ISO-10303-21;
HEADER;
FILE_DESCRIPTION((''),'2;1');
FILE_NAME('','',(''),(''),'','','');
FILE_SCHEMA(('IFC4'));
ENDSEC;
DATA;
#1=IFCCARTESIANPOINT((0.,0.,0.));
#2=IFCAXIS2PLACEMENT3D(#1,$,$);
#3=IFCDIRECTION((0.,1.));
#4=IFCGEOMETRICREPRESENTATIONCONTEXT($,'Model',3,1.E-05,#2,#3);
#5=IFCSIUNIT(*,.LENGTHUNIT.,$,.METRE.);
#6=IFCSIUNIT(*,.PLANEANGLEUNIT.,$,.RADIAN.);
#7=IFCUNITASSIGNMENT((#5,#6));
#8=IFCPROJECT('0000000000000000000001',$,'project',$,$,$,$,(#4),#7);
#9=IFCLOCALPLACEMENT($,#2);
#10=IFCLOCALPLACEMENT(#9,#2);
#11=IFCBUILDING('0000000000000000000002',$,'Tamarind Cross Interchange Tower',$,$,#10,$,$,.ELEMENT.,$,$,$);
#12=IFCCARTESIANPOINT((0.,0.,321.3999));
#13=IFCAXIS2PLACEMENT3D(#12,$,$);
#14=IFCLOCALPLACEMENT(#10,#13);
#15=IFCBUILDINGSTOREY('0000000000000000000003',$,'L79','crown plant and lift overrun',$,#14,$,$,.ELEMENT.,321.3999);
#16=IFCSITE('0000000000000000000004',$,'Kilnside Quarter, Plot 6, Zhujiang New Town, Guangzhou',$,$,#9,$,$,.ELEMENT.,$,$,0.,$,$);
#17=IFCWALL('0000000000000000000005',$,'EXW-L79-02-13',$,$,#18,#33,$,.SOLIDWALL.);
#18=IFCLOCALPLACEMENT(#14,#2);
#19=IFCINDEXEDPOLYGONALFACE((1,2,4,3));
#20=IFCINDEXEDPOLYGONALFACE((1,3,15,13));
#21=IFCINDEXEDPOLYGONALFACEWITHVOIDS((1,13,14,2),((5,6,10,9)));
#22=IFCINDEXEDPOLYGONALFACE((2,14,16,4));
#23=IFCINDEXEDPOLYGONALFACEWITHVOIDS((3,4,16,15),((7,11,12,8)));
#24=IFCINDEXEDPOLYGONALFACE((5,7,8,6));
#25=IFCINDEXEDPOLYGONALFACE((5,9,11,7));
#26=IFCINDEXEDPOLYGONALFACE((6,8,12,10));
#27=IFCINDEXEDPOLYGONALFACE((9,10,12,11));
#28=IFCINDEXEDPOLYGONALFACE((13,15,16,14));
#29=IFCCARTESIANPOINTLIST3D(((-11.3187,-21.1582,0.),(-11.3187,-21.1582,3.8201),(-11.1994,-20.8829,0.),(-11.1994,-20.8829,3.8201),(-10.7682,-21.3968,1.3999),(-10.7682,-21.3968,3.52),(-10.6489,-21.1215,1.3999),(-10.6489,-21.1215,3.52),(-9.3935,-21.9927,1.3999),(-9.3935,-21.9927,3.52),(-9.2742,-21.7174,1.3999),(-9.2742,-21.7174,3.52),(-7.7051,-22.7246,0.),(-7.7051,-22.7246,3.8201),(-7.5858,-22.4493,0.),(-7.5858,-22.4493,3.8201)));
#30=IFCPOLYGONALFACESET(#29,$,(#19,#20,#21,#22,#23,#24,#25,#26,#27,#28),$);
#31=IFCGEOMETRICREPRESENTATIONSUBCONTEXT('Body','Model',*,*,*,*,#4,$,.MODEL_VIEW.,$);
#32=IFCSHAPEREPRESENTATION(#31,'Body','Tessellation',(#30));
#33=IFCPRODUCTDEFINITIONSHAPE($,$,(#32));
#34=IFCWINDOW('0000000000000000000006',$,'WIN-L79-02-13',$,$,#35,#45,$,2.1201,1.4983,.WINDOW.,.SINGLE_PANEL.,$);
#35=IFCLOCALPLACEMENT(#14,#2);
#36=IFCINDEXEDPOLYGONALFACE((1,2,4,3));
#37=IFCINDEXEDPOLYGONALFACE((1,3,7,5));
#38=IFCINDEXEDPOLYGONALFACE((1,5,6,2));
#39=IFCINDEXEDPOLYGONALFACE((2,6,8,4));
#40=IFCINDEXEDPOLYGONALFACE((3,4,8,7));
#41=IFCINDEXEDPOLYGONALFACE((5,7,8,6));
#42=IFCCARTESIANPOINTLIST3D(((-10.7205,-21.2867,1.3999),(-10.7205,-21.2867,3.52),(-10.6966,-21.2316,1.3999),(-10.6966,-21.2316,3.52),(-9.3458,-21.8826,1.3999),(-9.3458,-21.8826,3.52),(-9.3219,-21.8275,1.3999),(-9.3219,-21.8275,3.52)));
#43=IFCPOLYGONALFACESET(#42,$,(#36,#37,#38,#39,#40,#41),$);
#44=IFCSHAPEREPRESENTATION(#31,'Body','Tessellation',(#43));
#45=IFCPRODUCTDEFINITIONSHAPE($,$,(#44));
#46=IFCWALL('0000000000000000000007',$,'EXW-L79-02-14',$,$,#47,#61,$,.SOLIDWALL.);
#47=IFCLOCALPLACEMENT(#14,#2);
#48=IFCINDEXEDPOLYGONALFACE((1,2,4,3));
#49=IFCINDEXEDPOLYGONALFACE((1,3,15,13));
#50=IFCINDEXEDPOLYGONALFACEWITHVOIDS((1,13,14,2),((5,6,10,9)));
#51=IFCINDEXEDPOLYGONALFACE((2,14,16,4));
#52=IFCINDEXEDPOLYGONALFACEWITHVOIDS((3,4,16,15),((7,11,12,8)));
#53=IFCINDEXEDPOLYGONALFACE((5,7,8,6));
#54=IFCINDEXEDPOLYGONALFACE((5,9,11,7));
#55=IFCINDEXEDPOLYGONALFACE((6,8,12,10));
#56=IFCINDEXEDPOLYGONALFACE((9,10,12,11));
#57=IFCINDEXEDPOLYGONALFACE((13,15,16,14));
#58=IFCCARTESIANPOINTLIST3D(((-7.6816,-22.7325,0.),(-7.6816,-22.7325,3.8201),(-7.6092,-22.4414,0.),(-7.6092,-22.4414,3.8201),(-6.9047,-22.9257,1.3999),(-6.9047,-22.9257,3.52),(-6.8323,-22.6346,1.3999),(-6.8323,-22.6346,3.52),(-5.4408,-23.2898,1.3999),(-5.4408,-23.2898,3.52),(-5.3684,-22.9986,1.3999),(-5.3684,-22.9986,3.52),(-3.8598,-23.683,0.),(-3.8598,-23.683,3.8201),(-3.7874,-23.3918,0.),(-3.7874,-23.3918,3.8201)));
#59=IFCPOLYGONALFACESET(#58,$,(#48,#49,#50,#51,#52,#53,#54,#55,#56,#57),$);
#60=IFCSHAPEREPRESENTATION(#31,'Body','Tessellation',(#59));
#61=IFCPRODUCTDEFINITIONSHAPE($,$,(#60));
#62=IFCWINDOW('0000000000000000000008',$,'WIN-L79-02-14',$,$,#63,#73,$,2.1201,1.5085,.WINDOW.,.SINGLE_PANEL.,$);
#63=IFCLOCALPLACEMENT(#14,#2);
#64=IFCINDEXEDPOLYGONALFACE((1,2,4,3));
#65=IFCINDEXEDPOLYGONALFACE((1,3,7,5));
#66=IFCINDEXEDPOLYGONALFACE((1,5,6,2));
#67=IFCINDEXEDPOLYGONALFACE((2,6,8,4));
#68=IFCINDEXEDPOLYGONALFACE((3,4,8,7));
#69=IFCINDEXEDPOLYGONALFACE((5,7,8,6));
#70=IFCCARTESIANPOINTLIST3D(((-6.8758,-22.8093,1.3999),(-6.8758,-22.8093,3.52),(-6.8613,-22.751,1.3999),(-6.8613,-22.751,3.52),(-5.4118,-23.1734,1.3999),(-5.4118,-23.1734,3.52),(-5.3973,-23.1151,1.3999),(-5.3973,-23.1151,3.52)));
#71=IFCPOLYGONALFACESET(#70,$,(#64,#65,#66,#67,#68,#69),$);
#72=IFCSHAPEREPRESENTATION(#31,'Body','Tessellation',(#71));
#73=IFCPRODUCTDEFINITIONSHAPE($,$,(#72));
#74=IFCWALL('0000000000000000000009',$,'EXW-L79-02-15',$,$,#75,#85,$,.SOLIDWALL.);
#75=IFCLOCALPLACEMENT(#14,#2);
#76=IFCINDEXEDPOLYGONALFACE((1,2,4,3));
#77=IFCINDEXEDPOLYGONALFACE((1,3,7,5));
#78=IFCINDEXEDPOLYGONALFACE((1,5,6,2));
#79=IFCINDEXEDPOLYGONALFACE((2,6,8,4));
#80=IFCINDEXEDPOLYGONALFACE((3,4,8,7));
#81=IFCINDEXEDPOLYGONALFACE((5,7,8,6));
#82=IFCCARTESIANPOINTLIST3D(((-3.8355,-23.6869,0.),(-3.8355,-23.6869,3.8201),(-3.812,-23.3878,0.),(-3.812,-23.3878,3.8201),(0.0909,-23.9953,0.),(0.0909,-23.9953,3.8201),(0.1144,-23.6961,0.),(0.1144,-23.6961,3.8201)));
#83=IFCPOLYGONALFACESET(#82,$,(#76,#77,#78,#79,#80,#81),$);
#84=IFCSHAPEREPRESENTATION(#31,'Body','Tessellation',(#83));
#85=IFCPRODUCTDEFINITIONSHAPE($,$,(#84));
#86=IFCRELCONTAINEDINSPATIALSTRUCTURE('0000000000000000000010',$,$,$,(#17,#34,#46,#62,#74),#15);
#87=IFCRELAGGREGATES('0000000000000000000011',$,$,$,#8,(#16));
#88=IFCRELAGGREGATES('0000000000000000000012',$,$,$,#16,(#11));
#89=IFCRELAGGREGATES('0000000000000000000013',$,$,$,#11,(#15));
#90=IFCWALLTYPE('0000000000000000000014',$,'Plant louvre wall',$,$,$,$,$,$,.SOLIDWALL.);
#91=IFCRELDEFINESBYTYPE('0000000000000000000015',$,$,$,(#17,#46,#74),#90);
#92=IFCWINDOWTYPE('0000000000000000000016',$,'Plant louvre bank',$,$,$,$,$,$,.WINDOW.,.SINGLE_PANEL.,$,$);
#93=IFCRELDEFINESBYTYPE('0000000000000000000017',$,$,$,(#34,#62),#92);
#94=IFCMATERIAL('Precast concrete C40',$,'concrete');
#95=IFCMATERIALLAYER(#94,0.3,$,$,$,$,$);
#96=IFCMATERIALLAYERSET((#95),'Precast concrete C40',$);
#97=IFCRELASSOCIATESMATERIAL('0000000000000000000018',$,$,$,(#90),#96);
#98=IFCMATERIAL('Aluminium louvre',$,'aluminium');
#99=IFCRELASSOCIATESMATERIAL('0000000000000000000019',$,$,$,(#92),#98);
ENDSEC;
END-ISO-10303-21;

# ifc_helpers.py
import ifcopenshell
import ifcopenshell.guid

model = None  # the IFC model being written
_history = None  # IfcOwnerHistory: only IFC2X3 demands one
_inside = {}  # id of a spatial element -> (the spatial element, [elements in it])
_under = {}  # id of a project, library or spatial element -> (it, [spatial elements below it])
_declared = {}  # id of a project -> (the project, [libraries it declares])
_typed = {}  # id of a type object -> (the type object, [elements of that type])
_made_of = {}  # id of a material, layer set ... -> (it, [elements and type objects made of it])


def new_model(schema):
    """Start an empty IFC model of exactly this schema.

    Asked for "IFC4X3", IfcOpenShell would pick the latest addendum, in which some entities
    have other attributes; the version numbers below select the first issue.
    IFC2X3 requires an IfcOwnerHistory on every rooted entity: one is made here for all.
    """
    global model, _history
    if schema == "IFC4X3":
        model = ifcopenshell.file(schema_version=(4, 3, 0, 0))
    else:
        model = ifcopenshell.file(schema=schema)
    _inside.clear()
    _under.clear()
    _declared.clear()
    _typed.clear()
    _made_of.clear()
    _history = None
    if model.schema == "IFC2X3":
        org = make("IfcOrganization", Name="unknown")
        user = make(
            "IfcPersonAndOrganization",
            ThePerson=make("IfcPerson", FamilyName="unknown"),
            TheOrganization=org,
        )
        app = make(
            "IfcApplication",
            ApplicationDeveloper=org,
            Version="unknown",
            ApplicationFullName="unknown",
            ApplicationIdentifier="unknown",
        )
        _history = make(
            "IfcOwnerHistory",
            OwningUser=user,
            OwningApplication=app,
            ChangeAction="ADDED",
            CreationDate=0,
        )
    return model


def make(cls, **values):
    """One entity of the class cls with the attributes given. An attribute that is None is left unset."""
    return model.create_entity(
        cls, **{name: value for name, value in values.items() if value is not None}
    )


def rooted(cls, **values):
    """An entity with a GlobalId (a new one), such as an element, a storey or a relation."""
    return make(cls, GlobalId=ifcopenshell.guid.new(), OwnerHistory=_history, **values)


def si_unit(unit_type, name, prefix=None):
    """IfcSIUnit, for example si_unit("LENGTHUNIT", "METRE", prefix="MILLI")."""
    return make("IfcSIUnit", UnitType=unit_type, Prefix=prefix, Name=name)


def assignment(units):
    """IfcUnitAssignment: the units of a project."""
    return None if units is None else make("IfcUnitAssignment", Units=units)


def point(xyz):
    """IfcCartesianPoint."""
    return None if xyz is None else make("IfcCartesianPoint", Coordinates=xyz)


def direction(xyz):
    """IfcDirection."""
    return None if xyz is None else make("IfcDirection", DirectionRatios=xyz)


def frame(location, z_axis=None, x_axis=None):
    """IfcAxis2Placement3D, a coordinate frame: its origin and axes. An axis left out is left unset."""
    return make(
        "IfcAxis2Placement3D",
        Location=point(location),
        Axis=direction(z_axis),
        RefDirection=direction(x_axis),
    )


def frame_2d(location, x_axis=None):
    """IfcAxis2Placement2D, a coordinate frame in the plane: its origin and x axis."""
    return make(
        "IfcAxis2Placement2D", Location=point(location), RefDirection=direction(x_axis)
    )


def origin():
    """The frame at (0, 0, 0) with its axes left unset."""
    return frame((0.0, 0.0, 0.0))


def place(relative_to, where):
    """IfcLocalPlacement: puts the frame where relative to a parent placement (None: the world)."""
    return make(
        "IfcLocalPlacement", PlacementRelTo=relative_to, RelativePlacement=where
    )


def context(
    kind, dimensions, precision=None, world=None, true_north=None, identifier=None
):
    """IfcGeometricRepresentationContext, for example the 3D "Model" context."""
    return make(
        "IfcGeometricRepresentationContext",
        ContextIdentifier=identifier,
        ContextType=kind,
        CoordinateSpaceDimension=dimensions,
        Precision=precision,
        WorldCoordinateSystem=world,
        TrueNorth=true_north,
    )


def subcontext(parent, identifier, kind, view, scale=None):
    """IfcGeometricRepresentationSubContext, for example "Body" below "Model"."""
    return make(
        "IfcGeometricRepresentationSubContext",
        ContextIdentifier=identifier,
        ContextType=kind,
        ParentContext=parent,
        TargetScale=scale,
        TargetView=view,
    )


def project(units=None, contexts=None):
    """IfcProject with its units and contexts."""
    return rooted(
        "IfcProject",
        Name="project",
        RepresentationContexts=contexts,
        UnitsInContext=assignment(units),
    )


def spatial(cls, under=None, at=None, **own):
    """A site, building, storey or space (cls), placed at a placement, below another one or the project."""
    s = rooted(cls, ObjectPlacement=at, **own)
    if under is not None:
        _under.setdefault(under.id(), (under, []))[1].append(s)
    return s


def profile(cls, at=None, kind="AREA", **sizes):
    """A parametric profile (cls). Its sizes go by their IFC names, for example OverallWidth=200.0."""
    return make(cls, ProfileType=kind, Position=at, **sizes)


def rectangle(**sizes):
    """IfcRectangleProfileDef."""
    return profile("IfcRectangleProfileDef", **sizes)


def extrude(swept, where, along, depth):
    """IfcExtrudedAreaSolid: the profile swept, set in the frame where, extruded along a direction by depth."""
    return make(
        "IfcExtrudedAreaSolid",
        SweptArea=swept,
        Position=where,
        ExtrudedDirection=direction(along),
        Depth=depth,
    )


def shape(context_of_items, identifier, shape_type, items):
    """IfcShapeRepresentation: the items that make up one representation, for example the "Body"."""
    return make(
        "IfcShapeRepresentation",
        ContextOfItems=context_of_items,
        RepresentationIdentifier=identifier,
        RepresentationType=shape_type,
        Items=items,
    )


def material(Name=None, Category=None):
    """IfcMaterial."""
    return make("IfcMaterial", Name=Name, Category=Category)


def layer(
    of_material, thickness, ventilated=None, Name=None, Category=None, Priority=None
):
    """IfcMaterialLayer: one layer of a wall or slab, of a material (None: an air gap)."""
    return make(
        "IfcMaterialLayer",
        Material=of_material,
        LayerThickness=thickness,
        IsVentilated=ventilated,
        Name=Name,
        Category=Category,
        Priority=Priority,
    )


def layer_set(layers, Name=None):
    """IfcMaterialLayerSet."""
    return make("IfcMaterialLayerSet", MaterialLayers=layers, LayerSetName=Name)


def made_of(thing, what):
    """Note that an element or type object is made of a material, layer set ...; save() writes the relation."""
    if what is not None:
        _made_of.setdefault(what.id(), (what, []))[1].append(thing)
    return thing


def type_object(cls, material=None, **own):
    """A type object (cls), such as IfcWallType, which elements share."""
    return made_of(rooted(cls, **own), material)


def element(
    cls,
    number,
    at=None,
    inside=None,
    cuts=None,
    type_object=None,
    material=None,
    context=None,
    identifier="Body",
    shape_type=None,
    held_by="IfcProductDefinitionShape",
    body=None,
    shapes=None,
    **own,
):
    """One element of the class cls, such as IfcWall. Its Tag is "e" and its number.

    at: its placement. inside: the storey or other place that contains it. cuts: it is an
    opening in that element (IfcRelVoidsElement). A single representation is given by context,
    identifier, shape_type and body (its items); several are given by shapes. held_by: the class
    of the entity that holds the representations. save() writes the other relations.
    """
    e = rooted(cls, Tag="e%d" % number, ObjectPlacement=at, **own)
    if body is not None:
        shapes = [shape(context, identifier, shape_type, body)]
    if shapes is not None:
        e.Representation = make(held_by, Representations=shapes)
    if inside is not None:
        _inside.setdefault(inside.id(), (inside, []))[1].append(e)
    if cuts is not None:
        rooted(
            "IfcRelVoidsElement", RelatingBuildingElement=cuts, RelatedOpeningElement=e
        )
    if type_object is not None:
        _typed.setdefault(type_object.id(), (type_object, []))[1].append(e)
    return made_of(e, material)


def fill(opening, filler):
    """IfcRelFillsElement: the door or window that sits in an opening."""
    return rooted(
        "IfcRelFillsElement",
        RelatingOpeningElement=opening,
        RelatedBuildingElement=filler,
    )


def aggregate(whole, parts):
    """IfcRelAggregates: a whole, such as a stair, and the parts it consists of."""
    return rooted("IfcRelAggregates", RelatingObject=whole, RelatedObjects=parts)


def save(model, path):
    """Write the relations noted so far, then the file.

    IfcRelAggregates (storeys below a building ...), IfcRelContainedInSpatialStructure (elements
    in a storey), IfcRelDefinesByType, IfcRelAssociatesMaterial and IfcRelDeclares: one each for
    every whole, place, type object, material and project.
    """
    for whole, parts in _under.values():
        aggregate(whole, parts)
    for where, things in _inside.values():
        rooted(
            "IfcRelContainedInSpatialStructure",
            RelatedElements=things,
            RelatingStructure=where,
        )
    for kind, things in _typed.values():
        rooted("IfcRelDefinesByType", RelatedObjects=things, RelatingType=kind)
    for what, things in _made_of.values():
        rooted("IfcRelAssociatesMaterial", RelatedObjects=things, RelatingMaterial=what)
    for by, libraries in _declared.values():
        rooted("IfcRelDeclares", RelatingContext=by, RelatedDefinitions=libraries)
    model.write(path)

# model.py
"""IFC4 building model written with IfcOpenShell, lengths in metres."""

from ifc_helpers import new_model, si_unit, direction, frame, frame_2d, origin, place, context, subcontext, project, spatial, rectangle, extrude, material, layer, layer_set, type_object, element, fill, save


model = new_model("IFC4")

# Units and contexts
model_context = context("Model", 3, precision=1e-05, world=origin(), true_north=direction((0.0, 1.0)))
body_context = subcontext(model_context, "Body", "Model", "MODEL_VIEW")
ifc_project = project(units=[si_unit("LENGTHUNIT", "METRE"), si_unit("PLANEANGLEUNIT", "RADIAN")], contexts=[model_context])

# Site, building, storey
site_placement = place(None, origin())
site = spatial("IfcSite", under=ifc_project, at=site_placement, Name="Kilnside Quarter, Plot 6, Zhujiang New Town, Guangzhou", CompositionType="ELEMENT", RefElevation=0.0)
building_placement = place(site_placement, origin())
building = spatial("IfcBuilding", under=site, at=building_placement, Name="Tamarind Cross Interchange Tower", CompositionType="ELEMENT")
storey_placement = place(building_placement, frame((0.0, 0.0, 321.3999)))
storey = spatial("IfcBuildingStorey", under=building, at=storey_placement, Name="L79", Description="crown plant and lift overrun", CompositionType="ELEMENT", Elevation=321.3999)

# Shared definitions
ifc_material_1 = material(Name="Precast concrete C40", Category="concrete")
ifc_layer_1 = layer(ifc_material_1, 0.3)
ifc_layer_set_1 = layer_set([ifc_layer_1], Name="Precast concrete C40")
wall_type_1 = type_object("IfcWallType", Name="Plant louvre wall", PredefinedType="SOLIDWALL", material=ifc_layer_set_1)

# Walls, openings, windows
wall_1_placement = place(storey_placement, frame((-11.259, -21.0205, 0.0), z_axis=(0.0, 0.0, 1.0), x_axis=(0.917505, -0.397724, 0.0)))
wall_1 = element("IfcWall", 1, at=wall_1_placement, inside=storey, type_object=wall_type_1, Name="EXW-L79-02-13", PredefinedType="SOLIDWALL", context=body_context, shape_type="SweptSolid", body=[
    extrude(rectangle(XDim=3.9385, YDim=0.3, at=frame_2d((1.9692, 0.0))), origin(), (0.0, 0.0, 1.0), 3.8201),
])
opening_1_placement = place(wall_1_placement, frame((0.6001, 0.0, 1.3999)))
opening_1 = element("IfcOpeningElement", 2, at=opening_1_placement, cuts=wall_1, PredefinedType="OPENING", context=body_context, shape_type="SweptSolid", body=[
    extrude(rectangle(XDim=1.4983, YDim=2.1201, at=frame_2d((0.749, 1.0601))), frame((0.0, 0.1599, 0.0), z_axis=(0.0, -1.0, 0.0), x_axis=(1.0, 0.0, 0.0)), (0.0, 0.0, 1.0), 0.3201),
])
ifc_material_2 = material(Name="Aluminium louvre", Category="aluminium")
window_type = type_object("IfcWindowType", Name="Plant louvre bank", PartitioningType="SINGLE_PANEL", PredefinedType="WINDOW", material=ifc_material_2)
window_1_placement = place(opening_1_placement, origin())
window_1 = element("IfcWindow", 3, at=window_1_placement, inside=storey, type_object=window_type, Name="WIN-L79-02-13", OverallHeight=2.1201, OverallWidth=1.4983, PartitioningType="SINGLE_PANEL", PredefinedType="WINDOW", context=body_context, shape_type="SweptSolid", body=[
    extrude(rectangle(XDim=1.4983, YDim=2.1201, at=frame_2d((0.749, 1.0601))), frame((0.0, 0.03, 0.0), z_axis=(0.0, -1.0, 0.0), x_axis=(1.0, 0.0, 0.0)), (0.0, 0.0, 1.0), 0.0601),
])
fill(opening_1, window_1)
wall_2_placement = place(storey_placement, frame((-7.6455, -22.5869, 0.0), z_axis=(0.0, 0.0, 1.0), x_axis=(0.970441, -0.241339, 0.0)))
wall_2 = element("IfcWall", 4, at=wall_2_placement, inside=storey, type_object=wall_type_1, Name="EXW-L79-02-14", PredefinedType="SOLIDWALL", context=body_context, shape_type="SweptSolid", body=[
    extrude(rectangle(XDim=3.9382, YDim=0.3, at=frame_2d((1.9692, 0.0))), origin(), (0.0, 0.0, 1.0), 3.8201),
])
opening_2_placement = place(wall_2_placement, frame((0.8005, 0.0, 1.3999)))
opening_2 = element("IfcOpeningElement", 5, at=opening_2_placement, cuts=wall_2, PredefinedType="OPENING", context=body_context, shape_type="SweptSolid", body=[
    extrude(rectangle(XDim=1.5085, YDim=2.1201, at=frame_2d((0.7544, 1.0601))), frame((0.0, 0.1599, 0.0), z_axis=(0.0, -1.0, 0.0), x_axis=(1.0, 0.0, 0.0)), (0.0, 0.0, 1.0), 0.3201),
])
window_2_placement = place(opening_2_placement, origin())
window_2 = element("IfcWindow", 6, at=window_2_placement, inside=storey, type_object=window_type, Name="WIN-L79-02-14", OverallHeight=2.1201, OverallWidth=1.5085, PartitioningType="SINGLE_PANEL", PredefinedType="WINDOW", context=body_context, shape_type="SweptSolid", body=[
    extrude(rectangle(XDim=1.5085, YDim=2.1201, at=frame_2d((0.7544, 1.0601))), frame((0.0, 0.03, 0.0), z_axis=(0.0, -1.0, 0.0), x_axis=(1.0, 0.0, 0.0)), (0.0, 0.0, 1.0), 0.0601),
])
fill(opening_2, window_2)

# Wall
wall_3_placement = place(storey_placement, frame((-3.8237, -23.5374, 0.0), z_axis=(0.0, 0.0, 1.0), x_axis=(0.99693, -0.078294, 0.0)))
element("IfcWall", 7, at=wall_3_placement, inside=storey, type_object=wall_type_1, Name="EXW-L79-02-15", PredefinedType="SOLIDWALL", context=body_context, shape_type="SweptSolid", body=[
    extrude(rectangle(XDim=3.9385, YDim=0.3, at=frame_2d((1.9692, 0.0))), origin(), (0.0, 0.0, 1.0), 3.8201),
])

save(model, "model.ifc")
